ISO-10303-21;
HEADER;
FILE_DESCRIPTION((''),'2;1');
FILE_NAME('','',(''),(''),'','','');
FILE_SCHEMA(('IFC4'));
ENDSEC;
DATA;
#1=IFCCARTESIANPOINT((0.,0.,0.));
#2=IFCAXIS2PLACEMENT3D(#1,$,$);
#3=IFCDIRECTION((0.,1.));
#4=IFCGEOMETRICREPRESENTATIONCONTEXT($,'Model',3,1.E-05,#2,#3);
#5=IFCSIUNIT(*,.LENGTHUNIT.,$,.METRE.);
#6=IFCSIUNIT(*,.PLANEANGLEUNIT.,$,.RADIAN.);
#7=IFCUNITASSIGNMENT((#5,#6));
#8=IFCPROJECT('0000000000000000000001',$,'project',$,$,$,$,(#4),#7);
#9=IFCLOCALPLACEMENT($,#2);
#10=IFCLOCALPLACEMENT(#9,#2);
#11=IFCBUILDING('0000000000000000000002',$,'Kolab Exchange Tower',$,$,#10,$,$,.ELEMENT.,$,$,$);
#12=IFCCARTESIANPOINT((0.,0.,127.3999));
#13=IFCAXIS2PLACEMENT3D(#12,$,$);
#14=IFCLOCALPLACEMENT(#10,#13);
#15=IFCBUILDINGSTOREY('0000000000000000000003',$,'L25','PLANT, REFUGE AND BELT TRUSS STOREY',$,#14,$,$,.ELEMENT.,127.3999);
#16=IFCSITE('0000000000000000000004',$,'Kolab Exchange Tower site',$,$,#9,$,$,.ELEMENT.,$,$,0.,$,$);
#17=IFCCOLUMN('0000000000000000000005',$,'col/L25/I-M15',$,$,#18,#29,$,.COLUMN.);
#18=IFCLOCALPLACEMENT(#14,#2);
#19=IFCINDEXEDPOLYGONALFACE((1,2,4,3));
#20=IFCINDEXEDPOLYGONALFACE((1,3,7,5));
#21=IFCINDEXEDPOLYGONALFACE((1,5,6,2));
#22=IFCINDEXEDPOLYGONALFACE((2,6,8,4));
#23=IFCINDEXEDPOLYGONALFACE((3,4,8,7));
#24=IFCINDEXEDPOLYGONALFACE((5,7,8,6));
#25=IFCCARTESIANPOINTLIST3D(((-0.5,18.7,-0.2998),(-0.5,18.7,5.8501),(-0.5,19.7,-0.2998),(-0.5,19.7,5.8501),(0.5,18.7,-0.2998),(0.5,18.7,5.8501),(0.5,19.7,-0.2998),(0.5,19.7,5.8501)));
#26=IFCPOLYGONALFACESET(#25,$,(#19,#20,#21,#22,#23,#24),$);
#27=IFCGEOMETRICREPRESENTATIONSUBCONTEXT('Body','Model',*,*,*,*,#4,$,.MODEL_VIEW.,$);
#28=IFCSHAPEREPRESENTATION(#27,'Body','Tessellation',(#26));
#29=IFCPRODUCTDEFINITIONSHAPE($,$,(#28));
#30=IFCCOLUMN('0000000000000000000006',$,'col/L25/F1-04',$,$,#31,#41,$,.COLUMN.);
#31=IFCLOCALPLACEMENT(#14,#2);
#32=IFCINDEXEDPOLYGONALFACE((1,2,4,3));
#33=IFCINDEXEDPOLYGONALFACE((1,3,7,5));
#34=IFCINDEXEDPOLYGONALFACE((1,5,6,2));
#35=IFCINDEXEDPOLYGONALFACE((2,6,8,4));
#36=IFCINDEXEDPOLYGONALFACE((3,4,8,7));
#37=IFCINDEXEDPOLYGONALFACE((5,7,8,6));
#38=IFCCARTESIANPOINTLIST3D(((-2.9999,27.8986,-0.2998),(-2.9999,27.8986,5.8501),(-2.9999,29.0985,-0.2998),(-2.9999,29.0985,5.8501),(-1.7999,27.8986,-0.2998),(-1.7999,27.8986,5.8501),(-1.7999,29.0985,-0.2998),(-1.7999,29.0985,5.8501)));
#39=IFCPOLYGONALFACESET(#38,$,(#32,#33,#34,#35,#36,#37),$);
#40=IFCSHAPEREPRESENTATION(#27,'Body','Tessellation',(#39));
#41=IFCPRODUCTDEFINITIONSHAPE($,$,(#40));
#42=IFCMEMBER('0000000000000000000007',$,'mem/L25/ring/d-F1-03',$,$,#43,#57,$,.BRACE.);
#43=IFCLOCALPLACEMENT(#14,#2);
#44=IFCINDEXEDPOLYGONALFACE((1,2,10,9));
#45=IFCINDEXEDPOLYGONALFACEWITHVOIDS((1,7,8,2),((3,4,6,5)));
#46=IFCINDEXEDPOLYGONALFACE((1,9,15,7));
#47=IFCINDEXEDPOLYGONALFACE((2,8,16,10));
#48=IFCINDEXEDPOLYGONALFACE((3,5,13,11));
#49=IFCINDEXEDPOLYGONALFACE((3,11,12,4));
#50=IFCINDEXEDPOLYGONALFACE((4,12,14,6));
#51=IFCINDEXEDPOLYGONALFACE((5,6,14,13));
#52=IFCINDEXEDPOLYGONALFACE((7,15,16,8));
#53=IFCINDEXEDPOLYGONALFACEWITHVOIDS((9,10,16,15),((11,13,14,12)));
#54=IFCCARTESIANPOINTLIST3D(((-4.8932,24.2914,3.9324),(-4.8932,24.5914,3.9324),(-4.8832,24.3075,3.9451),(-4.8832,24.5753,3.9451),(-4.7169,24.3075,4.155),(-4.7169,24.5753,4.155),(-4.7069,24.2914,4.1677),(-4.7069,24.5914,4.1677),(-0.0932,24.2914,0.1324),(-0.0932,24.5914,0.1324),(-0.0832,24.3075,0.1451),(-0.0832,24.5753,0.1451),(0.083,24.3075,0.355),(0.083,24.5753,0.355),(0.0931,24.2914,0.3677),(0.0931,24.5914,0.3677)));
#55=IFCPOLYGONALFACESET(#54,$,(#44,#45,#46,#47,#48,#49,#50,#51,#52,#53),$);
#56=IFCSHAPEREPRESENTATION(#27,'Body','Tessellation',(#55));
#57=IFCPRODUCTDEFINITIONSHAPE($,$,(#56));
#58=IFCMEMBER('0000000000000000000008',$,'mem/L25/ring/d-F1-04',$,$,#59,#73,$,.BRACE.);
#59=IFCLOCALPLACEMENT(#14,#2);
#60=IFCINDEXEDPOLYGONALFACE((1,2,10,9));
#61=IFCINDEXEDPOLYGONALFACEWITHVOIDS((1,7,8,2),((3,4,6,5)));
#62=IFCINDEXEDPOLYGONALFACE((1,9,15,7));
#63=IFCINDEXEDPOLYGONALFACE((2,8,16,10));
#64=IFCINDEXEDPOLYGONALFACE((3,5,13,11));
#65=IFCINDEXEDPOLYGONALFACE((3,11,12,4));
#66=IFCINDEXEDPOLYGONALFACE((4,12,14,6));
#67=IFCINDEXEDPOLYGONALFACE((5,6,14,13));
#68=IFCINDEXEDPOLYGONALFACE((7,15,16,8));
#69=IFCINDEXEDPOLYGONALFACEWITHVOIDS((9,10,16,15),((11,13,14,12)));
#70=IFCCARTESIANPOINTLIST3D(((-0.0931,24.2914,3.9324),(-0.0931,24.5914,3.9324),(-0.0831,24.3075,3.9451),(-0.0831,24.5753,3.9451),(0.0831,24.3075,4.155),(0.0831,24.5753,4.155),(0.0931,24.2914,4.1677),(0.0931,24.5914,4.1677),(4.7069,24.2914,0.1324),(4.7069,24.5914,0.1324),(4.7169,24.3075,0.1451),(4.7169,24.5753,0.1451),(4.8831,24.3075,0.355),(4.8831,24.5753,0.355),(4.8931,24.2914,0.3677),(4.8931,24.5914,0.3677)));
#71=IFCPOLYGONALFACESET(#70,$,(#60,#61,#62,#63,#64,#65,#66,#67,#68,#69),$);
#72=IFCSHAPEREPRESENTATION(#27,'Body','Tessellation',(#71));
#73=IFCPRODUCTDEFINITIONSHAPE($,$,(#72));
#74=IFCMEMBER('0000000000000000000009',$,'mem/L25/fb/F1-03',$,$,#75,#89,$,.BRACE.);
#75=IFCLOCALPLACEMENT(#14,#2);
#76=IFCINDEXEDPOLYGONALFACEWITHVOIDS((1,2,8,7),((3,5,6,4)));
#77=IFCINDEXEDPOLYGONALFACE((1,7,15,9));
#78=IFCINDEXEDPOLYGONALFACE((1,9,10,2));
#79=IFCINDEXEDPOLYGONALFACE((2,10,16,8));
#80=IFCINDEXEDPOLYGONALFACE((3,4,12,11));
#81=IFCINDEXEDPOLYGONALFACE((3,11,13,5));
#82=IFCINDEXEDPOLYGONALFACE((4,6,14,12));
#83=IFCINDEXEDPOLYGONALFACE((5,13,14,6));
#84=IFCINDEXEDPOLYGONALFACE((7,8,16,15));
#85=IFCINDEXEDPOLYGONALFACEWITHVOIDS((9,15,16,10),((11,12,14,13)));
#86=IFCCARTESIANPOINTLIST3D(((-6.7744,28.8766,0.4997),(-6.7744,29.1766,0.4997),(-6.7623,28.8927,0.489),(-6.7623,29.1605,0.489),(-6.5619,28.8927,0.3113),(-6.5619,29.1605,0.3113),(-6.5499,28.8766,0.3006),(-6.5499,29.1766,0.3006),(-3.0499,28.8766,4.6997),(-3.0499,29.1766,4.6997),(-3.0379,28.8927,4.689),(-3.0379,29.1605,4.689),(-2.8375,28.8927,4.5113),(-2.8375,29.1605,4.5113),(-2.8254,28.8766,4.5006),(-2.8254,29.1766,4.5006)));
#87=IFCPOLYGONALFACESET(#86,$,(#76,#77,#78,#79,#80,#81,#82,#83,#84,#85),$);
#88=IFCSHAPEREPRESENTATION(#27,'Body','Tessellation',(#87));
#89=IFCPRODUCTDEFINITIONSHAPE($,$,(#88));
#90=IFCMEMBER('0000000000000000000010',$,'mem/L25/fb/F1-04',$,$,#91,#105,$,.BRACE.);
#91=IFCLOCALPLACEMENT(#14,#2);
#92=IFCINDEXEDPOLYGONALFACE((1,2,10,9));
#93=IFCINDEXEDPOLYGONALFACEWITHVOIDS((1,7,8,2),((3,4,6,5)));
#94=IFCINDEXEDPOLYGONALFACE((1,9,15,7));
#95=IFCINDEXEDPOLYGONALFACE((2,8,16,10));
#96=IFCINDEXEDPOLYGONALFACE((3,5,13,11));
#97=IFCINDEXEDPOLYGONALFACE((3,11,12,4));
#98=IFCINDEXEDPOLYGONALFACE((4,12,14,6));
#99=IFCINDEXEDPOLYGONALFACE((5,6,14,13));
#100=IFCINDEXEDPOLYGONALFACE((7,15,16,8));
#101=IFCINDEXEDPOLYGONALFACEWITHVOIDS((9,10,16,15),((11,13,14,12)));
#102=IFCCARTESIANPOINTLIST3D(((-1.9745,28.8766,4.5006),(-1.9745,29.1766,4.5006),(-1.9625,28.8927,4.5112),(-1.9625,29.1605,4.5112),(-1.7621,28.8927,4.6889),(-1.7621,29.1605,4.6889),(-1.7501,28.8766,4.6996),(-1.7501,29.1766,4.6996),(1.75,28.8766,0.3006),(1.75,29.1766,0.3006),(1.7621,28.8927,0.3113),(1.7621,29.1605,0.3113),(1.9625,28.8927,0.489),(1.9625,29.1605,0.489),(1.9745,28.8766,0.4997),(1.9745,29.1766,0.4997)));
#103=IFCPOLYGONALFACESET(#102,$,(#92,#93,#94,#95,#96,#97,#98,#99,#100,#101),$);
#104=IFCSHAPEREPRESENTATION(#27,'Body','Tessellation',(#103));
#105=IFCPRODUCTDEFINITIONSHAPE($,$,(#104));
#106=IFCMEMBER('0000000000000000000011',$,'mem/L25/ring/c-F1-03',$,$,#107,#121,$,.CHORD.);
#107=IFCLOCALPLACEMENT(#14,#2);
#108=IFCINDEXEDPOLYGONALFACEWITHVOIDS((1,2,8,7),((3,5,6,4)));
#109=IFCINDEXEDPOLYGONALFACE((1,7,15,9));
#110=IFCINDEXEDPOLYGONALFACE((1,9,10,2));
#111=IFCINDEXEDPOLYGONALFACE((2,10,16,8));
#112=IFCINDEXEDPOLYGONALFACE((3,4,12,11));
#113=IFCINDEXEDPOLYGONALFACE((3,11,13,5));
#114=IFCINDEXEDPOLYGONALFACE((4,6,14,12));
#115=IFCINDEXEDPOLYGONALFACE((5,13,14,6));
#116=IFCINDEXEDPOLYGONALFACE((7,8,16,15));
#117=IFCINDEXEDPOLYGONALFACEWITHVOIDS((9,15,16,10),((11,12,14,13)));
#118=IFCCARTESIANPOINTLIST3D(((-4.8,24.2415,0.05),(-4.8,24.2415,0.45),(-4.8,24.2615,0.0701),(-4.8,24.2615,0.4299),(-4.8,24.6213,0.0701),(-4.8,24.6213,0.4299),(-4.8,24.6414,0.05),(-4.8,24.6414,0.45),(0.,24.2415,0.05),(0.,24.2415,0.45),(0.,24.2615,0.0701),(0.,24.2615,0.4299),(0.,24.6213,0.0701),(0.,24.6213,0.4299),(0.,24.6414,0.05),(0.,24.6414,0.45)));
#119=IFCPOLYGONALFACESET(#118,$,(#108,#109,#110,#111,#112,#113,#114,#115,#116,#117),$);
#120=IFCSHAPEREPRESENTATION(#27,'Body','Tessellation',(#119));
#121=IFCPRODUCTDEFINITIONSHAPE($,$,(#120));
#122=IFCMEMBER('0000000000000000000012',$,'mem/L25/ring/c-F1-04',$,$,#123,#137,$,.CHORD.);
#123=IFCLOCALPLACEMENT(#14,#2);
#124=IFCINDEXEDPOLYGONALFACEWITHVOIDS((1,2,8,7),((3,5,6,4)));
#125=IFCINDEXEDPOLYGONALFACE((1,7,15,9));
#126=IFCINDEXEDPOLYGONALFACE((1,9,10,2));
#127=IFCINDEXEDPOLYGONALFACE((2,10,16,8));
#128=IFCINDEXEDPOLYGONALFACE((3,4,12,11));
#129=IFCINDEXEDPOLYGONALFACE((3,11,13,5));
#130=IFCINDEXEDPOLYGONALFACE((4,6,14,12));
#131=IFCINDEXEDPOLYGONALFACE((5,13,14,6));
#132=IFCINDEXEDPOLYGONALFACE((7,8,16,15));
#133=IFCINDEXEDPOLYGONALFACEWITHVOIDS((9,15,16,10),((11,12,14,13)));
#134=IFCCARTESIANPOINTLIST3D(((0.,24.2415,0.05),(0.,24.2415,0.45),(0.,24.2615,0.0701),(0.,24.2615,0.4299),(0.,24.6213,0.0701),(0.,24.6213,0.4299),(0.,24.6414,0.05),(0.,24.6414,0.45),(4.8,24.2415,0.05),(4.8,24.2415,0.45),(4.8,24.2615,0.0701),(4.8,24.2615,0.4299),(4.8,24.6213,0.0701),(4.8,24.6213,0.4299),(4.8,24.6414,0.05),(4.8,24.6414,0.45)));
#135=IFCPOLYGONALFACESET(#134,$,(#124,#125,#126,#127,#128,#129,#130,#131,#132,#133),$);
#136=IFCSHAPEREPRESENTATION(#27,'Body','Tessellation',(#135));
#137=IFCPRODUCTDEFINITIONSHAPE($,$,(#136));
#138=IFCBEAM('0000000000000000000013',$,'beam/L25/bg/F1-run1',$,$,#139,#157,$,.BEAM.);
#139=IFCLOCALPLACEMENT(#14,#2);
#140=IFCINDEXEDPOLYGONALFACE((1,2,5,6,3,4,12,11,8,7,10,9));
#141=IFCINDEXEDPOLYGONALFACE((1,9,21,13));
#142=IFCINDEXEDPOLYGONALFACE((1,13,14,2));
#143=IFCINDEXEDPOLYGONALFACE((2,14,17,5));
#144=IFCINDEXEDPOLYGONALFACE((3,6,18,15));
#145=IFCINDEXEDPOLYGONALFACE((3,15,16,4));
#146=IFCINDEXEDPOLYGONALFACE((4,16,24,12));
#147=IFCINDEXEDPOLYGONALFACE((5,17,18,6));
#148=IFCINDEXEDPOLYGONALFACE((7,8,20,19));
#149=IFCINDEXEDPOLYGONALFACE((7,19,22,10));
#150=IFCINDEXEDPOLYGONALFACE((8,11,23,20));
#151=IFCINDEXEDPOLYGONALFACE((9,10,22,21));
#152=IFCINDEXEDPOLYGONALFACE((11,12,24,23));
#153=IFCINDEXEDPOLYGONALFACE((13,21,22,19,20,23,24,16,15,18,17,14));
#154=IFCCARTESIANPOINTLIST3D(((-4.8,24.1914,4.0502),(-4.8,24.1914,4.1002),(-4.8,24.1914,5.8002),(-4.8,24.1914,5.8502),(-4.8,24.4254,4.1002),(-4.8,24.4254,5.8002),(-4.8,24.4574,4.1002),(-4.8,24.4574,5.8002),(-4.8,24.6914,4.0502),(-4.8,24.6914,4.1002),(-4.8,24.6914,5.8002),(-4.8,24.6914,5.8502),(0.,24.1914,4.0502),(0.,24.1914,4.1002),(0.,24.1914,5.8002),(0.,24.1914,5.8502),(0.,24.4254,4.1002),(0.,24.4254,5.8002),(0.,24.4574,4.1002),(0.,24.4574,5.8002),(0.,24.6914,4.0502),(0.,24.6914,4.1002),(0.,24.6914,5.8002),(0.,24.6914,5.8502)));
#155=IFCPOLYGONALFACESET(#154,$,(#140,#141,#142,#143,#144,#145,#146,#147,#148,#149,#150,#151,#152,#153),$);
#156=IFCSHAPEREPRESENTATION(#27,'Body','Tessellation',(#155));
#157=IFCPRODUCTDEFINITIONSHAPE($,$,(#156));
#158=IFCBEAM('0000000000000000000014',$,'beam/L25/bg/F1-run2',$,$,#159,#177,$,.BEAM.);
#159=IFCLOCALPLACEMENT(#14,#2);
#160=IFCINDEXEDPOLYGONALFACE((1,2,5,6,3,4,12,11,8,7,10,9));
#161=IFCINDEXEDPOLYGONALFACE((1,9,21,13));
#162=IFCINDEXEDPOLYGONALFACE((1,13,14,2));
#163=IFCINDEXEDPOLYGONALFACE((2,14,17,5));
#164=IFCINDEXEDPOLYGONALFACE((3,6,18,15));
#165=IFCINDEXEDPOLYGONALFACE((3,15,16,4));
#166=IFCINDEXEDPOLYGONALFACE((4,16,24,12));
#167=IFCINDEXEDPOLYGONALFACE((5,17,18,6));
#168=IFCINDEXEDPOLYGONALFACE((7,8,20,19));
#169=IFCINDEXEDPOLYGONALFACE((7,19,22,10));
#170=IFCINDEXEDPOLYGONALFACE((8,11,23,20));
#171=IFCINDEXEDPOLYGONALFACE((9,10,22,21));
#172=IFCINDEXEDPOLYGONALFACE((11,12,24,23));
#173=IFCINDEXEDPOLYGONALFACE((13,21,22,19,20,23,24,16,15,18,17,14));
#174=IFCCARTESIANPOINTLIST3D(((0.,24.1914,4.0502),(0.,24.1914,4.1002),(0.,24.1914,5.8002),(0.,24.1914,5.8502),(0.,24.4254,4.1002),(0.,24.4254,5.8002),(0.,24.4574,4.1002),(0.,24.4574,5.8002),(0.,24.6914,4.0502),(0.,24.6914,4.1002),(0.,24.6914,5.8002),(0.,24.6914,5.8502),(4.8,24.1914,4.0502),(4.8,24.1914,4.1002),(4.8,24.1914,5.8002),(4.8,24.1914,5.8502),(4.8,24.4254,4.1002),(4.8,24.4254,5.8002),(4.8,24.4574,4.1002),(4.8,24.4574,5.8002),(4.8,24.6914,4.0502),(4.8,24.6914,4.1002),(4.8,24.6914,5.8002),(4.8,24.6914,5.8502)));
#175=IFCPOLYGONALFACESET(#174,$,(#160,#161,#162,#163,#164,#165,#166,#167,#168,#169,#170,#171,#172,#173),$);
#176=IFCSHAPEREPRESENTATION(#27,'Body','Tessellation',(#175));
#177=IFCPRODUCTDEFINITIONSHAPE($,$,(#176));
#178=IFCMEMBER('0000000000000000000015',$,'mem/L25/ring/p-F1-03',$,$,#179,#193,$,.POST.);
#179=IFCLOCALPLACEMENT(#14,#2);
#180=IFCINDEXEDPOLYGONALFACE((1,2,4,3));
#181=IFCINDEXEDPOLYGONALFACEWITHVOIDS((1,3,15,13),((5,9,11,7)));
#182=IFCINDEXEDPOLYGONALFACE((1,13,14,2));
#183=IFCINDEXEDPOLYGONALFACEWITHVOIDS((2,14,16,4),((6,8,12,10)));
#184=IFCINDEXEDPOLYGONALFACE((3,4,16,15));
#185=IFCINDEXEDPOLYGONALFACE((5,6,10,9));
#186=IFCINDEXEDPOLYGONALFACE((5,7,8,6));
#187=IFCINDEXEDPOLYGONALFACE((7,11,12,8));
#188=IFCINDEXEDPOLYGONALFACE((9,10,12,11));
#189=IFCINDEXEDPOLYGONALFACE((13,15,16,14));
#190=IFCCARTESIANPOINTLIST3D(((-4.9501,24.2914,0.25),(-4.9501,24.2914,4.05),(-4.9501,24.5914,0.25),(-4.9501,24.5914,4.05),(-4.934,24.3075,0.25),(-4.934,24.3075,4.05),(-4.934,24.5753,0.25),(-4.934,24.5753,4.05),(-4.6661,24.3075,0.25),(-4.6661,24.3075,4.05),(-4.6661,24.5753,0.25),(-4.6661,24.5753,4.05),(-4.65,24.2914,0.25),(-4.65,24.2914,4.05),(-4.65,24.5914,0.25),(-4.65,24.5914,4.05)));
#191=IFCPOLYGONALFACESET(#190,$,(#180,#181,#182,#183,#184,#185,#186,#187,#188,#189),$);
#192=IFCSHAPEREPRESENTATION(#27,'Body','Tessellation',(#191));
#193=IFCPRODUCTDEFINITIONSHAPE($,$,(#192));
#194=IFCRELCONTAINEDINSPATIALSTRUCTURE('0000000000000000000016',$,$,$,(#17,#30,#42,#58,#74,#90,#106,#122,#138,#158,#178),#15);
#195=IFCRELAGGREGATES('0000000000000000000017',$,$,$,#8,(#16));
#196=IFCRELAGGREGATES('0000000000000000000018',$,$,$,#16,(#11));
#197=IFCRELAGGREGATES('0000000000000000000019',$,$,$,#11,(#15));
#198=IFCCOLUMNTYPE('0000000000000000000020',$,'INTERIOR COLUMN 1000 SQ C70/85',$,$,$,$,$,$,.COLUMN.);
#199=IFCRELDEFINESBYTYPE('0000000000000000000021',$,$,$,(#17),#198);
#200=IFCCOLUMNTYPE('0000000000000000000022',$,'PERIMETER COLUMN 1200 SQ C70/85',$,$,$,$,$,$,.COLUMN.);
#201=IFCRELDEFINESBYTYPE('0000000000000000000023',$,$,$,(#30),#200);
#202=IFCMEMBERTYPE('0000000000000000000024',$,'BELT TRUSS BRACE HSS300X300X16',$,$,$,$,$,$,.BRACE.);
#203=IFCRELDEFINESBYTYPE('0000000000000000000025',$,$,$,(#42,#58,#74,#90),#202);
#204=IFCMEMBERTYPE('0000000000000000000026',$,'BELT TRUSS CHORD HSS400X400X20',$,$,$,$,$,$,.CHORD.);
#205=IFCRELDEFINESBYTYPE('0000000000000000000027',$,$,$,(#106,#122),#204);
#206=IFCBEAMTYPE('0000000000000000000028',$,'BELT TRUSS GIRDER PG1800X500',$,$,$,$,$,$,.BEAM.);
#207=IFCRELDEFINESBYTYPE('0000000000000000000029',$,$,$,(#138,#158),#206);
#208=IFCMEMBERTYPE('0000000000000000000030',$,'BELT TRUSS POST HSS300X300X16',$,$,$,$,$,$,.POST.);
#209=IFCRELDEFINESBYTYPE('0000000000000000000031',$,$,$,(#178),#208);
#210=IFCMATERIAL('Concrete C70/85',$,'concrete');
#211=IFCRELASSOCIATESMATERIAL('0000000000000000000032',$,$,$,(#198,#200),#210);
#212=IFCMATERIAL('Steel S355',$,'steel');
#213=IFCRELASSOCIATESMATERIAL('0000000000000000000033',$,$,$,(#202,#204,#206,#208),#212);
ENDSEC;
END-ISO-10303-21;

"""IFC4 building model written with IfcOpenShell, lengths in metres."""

from ifc_helpers import new_model, si_unit, direction, frame, origin, origin_2d, place, context, subcontext, project, spatial, rectangle, hollow_rectangle, i_section, extrude, material, material_profile, profile_set, type_object, element, save


model = new_model("IFC4")

# Units and contexts
model_context = context("Model", 3, precision=1e-05, world=origin(), true_north=direction((0.0, 1.0)))
body_context = subcontext(model_context, "Body", "Model", "MODEL_VIEW")
ifc_project = project(units=[si_unit("LENGTHUNIT", "METRE"), si_unit("PLANEANGLEUNIT", "RADIAN")], contexts=[model_context])

# Site, building, storey
site_placement = place(None, origin())
site = spatial("IfcSite", under=ifc_project, at=site_placement, Name="Kolab Exchange Tower site", CompositionType="ELEMENT", RefElevation=0.0)
building_placement = place(site_placement, origin())
building = spatial("IfcBuilding", under=site, at=building_placement, Name="Kolab Exchange Tower", CompositionType="ELEMENT")
storey_placement = place(building_placement, frame((0.0, 0.0, 127.3999)))
storey = spatial("IfcBuildingStorey", under=building, at=storey_placement, Name="L25", Description="PLANT, REFUGE AND BELT TRUSS STOREY", CompositionType="ELEMENT", Elevation=127.3999)

# Columns
ifc_material_1 = material(Name="Concrete C70/85", Category="concrete")
ifc_material_profile_1 = material_profile(ifc_material_1, rectangle(XDim=1.0, YDim=1.0, at=origin_2d()), Name="RC1000")
ifc_profile_set_1 = profile_set([ifc_material_profile_1], Name="Concrete C70/85")
column_type_1 = type_object("IfcColumnType", Name="INTERIOR COLUMN 1000 SQ C70/85", PredefinedType="COLUMN", material=ifc_profile_set_1)
column_1_placement = place(storey_placement, frame((0.0, 19.2, -0.2998), z_axis=(0.0, 0.0, 1.0), x_axis=(1.0, 0.0, 0.0)))
element("IfcColumn", 1, at=column_1_placement, inside=storey, type_object=column_type_1, Name="col/L25/I-M15", PredefinedType="COLUMN", context=body_context, shape_type="SweptSolid", body=[
    extrude(rectangle(XDim=1.0, YDim=1.0, at=origin_2d()), origin(), (0.0, 0.0, 1.0), 6.1499),
])
ifc_material_profile_2 = material_profile(ifc_material_1, rectangle(XDim=1.2, YDim=1.2, at=origin_2d()), Name="RC1200")
ifc_profile_set_2 = profile_set([ifc_material_profile_2], Name="Concrete C70/85")
column_type_2 = type_object("IfcColumnType", Name="PERIMETER COLUMN 1200 SQ C70/85", PredefinedType="COLUMN", material=ifc_profile_set_2)
column_2_placement = place(storey_placement, frame((-2.3999, 28.4985, -0.2998), z_axis=(0.0, 0.0, 1.0), x_axis=(1.0, 0.0, 0.0)))
element("IfcColumn", 2, at=column_2_placement, inside=storey, type_object=column_type_2, Name="col/L25/F1-04", PredefinedType="COLUMN", context=body_context, shape_type="SweptSolid", body=[
    extrude(rectangle(XDim=1.2, YDim=1.2, at=origin_2d()), origin(), (0.0, 0.0, 1.0), 6.1499),
])

# Members
ifc_material_2 = material(Name="Steel S355", Category="steel")
ifc_material_profile_3 = material_profile(ifc_material_2, hollow_rectangle(XDim=0.3, YDim=0.3, WallThickness=0.0161, at=origin_2d()), Name="HSS300X300X16")
ifc_profile_set_3 = profile_set([ifc_material_profile_3], Name="Steel S355")
member_type_1 = type_object("IfcMemberType", Name="BELT TRUSS BRACE HSS300X300X16", PredefinedType="BRACE", material=ifc_profile_set_3)
for number, where, z_axis, x_axis, name in (
    (3, (-4.8, 24.4414, 4.05), (0.784045, 0.0, -0.620704), (0.0, 1.0, 0.0), "mem/L25/ring/d-F1-03"),
    (4, (0.0, 24.4414, 4.05), (0.784045, 0.0, -0.620704), (0.0, 1.0, 0.0), "mem/L25/ring/d-F1-04"),
):
    element("IfcMember", number, at=place(storey_placement, frame(where, z_axis=z_axis, x_axis=x_axis)), inside=storey, type_object=member_type_1, Name=name, PredefinedType="BRACE", context=body_context, shape_type="SweptSolid", body=[
        extrude(hollow_rectangle(XDim=0.3, YDim=0.3, WallThickness=0.0161, at=origin_2d()), origin(), (0.0, 0.0, 1.0), 6.1221),
    ])
for number, where, z_axis, x_axis, name in (
    (5, (-6.6621, 29.0266, 0.4001), (0.663475, 0.0, 0.748198), (0.0, 1.0, 0.0), "mem/L25/fb/F1-03"),
    (6, (-1.8623, 29.0266, 4.6001), (0.6635, 0.0, -0.748177), (0.0, 1.0, 0.0), "mem/L25/fb/F1-04"),
):
    element("IfcMember", number, at=place(storey_placement, frame(where, z_axis=z_axis, x_axis=x_axis)), inside=storey, type_object=member_type_1, Name=name, PredefinedType="BRACE", context=body_context, shape_type="SweptSolid", body=[
        extrude(hollow_rectangle(XDim=0.3, YDim=0.3, WallThickness=0.0161, at=origin_2d()), origin(), (0.0, 0.0, 1.0), 5.6135),
    ])
ifc_material_profile_4 = material_profile(ifc_material_2, hollow_rectangle(XDim=0.3999, YDim=0.3999, WallThickness=0.02, at=origin_2d()), Name="HSS400X400X20")
ifc_profile_set_4 = profile_set([ifc_material_profile_4], Name="Steel S355")
member_type_2 = type_object("IfcMemberType", Name="BELT TRUSS CHORD HSS400X400X20", PredefinedType="CHORD", material=ifc_profile_set_4)
for number, where, z_axis, x_axis, name in (
    (7, (-4.8, 24.4414, 0.25), (1.0, 0.0, 0.0), (0.0, 1.0, 0.0), "mem/L25/ring/c-F1-03"),
    (8, (0.0, 24.4414, 0.25), (1.0, 0.0, 0.0), (0.0, 1.0, 0.0), "mem/L25/ring/c-F1-04"),
):
    element("IfcMember", number, at=place(storey_placement, frame(where, z_axis=z_axis, x_axis=x_axis)), inside=storey, type_object=member_type_2, Name=name, PredefinedType="CHORD", context=body_context, shape_type="SweptSolid", body=[
        extrude(hollow_rectangle(XDim=0.3999, YDim=0.3999, WallThickness=0.02, at=origin_2d()), origin(), (0.0, 0.0, 1.0), 4.8),
    ])

# Beams
ifc_material_profile_5 = material_profile(ifc_material_2, i_section(OverallWidth=0.5, OverallDepth=1.8, WebThickness=0.032, FlangeThickness=0.05, at=origin_2d()), Name="PG1800X500")
ifc_profile_set_5 = profile_set([ifc_material_profile_5], Name="Steel S355")
beam_type_1 = type_object("IfcBeamType", Name="BELT TRUSS GIRDER PG1800X500", PredefinedType="BEAM", material=ifc_profile_set_5)
for number, where, z_axis, x_axis, name in (
    (9, (-4.8, 24.4414, 4.9502), (1.0, 0.0, 0.0), (0.0, 1.0, 0.0), "beam/L25/bg/F1-run1"),
    (10, (0.0, 24.4414, 4.9502), (1.0, 0.0, 0.0), (0.0, 1.0, 0.0), "beam/L25/bg/F1-run2"),
):
    element("IfcBeam", number, at=place(storey_placement, frame(where, z_axis=z_axis, x_axis=x_axis)), inside=storey, type_object=beam_type_1, Name=name, PredefinedType="BEAM", context=body_context, shape_type="SweptSolid", body=[
        extrude(i_section(OverallWidth=0.5, OverallDepth=1.8, WebThickness=0.032, FlangeThickness=0.05, at=origin_2d()), origin(), (0.0, 0.0, 1.0), 4.8),
    ])

# Member
ifc_material_profile_6 = material_profile(ifc_material_2, hollow_rectangle(XDim=0.3, YDim=0.3, WallThickness=0.0161, at=origin_2d()), Name="HSS300X300X16")
ifc_profile_set_6 = profile_set([ifc_material_profile_6], Name="Steel S355")
member_type_3 = type_object("IfcMemberType", Name="BELT TRUSS POST HSS300X300X16", PredefinedType="POST", material=ifc_profile_set_6)
for number, where, z_axis, x_axis, name in (
    (11, (-4.8, 24.4414, 0.25), (0.0, 0.0, 1.0), (1.0, 0.0, 0.0), "mem/L25/ring/p-F1-03"),
):
    element("IfcMember", number, at=place(storey_placement, frame(where, z_axis=z_axis, x_axis=x_axis)), inside=storey, type_object=member_type_3, Name=name, PredefinedType="POST", context=body_context, shape_type="SweptSolid", body=[
        extrude(hollow_rectangle(XDim=0.3, YDim=0.3, WallThickness=0.0161, at=origin_2d()), origin(), (0.0, 0.0, 1.0), 3.8),
    ])

save(model, "model.ifc")
